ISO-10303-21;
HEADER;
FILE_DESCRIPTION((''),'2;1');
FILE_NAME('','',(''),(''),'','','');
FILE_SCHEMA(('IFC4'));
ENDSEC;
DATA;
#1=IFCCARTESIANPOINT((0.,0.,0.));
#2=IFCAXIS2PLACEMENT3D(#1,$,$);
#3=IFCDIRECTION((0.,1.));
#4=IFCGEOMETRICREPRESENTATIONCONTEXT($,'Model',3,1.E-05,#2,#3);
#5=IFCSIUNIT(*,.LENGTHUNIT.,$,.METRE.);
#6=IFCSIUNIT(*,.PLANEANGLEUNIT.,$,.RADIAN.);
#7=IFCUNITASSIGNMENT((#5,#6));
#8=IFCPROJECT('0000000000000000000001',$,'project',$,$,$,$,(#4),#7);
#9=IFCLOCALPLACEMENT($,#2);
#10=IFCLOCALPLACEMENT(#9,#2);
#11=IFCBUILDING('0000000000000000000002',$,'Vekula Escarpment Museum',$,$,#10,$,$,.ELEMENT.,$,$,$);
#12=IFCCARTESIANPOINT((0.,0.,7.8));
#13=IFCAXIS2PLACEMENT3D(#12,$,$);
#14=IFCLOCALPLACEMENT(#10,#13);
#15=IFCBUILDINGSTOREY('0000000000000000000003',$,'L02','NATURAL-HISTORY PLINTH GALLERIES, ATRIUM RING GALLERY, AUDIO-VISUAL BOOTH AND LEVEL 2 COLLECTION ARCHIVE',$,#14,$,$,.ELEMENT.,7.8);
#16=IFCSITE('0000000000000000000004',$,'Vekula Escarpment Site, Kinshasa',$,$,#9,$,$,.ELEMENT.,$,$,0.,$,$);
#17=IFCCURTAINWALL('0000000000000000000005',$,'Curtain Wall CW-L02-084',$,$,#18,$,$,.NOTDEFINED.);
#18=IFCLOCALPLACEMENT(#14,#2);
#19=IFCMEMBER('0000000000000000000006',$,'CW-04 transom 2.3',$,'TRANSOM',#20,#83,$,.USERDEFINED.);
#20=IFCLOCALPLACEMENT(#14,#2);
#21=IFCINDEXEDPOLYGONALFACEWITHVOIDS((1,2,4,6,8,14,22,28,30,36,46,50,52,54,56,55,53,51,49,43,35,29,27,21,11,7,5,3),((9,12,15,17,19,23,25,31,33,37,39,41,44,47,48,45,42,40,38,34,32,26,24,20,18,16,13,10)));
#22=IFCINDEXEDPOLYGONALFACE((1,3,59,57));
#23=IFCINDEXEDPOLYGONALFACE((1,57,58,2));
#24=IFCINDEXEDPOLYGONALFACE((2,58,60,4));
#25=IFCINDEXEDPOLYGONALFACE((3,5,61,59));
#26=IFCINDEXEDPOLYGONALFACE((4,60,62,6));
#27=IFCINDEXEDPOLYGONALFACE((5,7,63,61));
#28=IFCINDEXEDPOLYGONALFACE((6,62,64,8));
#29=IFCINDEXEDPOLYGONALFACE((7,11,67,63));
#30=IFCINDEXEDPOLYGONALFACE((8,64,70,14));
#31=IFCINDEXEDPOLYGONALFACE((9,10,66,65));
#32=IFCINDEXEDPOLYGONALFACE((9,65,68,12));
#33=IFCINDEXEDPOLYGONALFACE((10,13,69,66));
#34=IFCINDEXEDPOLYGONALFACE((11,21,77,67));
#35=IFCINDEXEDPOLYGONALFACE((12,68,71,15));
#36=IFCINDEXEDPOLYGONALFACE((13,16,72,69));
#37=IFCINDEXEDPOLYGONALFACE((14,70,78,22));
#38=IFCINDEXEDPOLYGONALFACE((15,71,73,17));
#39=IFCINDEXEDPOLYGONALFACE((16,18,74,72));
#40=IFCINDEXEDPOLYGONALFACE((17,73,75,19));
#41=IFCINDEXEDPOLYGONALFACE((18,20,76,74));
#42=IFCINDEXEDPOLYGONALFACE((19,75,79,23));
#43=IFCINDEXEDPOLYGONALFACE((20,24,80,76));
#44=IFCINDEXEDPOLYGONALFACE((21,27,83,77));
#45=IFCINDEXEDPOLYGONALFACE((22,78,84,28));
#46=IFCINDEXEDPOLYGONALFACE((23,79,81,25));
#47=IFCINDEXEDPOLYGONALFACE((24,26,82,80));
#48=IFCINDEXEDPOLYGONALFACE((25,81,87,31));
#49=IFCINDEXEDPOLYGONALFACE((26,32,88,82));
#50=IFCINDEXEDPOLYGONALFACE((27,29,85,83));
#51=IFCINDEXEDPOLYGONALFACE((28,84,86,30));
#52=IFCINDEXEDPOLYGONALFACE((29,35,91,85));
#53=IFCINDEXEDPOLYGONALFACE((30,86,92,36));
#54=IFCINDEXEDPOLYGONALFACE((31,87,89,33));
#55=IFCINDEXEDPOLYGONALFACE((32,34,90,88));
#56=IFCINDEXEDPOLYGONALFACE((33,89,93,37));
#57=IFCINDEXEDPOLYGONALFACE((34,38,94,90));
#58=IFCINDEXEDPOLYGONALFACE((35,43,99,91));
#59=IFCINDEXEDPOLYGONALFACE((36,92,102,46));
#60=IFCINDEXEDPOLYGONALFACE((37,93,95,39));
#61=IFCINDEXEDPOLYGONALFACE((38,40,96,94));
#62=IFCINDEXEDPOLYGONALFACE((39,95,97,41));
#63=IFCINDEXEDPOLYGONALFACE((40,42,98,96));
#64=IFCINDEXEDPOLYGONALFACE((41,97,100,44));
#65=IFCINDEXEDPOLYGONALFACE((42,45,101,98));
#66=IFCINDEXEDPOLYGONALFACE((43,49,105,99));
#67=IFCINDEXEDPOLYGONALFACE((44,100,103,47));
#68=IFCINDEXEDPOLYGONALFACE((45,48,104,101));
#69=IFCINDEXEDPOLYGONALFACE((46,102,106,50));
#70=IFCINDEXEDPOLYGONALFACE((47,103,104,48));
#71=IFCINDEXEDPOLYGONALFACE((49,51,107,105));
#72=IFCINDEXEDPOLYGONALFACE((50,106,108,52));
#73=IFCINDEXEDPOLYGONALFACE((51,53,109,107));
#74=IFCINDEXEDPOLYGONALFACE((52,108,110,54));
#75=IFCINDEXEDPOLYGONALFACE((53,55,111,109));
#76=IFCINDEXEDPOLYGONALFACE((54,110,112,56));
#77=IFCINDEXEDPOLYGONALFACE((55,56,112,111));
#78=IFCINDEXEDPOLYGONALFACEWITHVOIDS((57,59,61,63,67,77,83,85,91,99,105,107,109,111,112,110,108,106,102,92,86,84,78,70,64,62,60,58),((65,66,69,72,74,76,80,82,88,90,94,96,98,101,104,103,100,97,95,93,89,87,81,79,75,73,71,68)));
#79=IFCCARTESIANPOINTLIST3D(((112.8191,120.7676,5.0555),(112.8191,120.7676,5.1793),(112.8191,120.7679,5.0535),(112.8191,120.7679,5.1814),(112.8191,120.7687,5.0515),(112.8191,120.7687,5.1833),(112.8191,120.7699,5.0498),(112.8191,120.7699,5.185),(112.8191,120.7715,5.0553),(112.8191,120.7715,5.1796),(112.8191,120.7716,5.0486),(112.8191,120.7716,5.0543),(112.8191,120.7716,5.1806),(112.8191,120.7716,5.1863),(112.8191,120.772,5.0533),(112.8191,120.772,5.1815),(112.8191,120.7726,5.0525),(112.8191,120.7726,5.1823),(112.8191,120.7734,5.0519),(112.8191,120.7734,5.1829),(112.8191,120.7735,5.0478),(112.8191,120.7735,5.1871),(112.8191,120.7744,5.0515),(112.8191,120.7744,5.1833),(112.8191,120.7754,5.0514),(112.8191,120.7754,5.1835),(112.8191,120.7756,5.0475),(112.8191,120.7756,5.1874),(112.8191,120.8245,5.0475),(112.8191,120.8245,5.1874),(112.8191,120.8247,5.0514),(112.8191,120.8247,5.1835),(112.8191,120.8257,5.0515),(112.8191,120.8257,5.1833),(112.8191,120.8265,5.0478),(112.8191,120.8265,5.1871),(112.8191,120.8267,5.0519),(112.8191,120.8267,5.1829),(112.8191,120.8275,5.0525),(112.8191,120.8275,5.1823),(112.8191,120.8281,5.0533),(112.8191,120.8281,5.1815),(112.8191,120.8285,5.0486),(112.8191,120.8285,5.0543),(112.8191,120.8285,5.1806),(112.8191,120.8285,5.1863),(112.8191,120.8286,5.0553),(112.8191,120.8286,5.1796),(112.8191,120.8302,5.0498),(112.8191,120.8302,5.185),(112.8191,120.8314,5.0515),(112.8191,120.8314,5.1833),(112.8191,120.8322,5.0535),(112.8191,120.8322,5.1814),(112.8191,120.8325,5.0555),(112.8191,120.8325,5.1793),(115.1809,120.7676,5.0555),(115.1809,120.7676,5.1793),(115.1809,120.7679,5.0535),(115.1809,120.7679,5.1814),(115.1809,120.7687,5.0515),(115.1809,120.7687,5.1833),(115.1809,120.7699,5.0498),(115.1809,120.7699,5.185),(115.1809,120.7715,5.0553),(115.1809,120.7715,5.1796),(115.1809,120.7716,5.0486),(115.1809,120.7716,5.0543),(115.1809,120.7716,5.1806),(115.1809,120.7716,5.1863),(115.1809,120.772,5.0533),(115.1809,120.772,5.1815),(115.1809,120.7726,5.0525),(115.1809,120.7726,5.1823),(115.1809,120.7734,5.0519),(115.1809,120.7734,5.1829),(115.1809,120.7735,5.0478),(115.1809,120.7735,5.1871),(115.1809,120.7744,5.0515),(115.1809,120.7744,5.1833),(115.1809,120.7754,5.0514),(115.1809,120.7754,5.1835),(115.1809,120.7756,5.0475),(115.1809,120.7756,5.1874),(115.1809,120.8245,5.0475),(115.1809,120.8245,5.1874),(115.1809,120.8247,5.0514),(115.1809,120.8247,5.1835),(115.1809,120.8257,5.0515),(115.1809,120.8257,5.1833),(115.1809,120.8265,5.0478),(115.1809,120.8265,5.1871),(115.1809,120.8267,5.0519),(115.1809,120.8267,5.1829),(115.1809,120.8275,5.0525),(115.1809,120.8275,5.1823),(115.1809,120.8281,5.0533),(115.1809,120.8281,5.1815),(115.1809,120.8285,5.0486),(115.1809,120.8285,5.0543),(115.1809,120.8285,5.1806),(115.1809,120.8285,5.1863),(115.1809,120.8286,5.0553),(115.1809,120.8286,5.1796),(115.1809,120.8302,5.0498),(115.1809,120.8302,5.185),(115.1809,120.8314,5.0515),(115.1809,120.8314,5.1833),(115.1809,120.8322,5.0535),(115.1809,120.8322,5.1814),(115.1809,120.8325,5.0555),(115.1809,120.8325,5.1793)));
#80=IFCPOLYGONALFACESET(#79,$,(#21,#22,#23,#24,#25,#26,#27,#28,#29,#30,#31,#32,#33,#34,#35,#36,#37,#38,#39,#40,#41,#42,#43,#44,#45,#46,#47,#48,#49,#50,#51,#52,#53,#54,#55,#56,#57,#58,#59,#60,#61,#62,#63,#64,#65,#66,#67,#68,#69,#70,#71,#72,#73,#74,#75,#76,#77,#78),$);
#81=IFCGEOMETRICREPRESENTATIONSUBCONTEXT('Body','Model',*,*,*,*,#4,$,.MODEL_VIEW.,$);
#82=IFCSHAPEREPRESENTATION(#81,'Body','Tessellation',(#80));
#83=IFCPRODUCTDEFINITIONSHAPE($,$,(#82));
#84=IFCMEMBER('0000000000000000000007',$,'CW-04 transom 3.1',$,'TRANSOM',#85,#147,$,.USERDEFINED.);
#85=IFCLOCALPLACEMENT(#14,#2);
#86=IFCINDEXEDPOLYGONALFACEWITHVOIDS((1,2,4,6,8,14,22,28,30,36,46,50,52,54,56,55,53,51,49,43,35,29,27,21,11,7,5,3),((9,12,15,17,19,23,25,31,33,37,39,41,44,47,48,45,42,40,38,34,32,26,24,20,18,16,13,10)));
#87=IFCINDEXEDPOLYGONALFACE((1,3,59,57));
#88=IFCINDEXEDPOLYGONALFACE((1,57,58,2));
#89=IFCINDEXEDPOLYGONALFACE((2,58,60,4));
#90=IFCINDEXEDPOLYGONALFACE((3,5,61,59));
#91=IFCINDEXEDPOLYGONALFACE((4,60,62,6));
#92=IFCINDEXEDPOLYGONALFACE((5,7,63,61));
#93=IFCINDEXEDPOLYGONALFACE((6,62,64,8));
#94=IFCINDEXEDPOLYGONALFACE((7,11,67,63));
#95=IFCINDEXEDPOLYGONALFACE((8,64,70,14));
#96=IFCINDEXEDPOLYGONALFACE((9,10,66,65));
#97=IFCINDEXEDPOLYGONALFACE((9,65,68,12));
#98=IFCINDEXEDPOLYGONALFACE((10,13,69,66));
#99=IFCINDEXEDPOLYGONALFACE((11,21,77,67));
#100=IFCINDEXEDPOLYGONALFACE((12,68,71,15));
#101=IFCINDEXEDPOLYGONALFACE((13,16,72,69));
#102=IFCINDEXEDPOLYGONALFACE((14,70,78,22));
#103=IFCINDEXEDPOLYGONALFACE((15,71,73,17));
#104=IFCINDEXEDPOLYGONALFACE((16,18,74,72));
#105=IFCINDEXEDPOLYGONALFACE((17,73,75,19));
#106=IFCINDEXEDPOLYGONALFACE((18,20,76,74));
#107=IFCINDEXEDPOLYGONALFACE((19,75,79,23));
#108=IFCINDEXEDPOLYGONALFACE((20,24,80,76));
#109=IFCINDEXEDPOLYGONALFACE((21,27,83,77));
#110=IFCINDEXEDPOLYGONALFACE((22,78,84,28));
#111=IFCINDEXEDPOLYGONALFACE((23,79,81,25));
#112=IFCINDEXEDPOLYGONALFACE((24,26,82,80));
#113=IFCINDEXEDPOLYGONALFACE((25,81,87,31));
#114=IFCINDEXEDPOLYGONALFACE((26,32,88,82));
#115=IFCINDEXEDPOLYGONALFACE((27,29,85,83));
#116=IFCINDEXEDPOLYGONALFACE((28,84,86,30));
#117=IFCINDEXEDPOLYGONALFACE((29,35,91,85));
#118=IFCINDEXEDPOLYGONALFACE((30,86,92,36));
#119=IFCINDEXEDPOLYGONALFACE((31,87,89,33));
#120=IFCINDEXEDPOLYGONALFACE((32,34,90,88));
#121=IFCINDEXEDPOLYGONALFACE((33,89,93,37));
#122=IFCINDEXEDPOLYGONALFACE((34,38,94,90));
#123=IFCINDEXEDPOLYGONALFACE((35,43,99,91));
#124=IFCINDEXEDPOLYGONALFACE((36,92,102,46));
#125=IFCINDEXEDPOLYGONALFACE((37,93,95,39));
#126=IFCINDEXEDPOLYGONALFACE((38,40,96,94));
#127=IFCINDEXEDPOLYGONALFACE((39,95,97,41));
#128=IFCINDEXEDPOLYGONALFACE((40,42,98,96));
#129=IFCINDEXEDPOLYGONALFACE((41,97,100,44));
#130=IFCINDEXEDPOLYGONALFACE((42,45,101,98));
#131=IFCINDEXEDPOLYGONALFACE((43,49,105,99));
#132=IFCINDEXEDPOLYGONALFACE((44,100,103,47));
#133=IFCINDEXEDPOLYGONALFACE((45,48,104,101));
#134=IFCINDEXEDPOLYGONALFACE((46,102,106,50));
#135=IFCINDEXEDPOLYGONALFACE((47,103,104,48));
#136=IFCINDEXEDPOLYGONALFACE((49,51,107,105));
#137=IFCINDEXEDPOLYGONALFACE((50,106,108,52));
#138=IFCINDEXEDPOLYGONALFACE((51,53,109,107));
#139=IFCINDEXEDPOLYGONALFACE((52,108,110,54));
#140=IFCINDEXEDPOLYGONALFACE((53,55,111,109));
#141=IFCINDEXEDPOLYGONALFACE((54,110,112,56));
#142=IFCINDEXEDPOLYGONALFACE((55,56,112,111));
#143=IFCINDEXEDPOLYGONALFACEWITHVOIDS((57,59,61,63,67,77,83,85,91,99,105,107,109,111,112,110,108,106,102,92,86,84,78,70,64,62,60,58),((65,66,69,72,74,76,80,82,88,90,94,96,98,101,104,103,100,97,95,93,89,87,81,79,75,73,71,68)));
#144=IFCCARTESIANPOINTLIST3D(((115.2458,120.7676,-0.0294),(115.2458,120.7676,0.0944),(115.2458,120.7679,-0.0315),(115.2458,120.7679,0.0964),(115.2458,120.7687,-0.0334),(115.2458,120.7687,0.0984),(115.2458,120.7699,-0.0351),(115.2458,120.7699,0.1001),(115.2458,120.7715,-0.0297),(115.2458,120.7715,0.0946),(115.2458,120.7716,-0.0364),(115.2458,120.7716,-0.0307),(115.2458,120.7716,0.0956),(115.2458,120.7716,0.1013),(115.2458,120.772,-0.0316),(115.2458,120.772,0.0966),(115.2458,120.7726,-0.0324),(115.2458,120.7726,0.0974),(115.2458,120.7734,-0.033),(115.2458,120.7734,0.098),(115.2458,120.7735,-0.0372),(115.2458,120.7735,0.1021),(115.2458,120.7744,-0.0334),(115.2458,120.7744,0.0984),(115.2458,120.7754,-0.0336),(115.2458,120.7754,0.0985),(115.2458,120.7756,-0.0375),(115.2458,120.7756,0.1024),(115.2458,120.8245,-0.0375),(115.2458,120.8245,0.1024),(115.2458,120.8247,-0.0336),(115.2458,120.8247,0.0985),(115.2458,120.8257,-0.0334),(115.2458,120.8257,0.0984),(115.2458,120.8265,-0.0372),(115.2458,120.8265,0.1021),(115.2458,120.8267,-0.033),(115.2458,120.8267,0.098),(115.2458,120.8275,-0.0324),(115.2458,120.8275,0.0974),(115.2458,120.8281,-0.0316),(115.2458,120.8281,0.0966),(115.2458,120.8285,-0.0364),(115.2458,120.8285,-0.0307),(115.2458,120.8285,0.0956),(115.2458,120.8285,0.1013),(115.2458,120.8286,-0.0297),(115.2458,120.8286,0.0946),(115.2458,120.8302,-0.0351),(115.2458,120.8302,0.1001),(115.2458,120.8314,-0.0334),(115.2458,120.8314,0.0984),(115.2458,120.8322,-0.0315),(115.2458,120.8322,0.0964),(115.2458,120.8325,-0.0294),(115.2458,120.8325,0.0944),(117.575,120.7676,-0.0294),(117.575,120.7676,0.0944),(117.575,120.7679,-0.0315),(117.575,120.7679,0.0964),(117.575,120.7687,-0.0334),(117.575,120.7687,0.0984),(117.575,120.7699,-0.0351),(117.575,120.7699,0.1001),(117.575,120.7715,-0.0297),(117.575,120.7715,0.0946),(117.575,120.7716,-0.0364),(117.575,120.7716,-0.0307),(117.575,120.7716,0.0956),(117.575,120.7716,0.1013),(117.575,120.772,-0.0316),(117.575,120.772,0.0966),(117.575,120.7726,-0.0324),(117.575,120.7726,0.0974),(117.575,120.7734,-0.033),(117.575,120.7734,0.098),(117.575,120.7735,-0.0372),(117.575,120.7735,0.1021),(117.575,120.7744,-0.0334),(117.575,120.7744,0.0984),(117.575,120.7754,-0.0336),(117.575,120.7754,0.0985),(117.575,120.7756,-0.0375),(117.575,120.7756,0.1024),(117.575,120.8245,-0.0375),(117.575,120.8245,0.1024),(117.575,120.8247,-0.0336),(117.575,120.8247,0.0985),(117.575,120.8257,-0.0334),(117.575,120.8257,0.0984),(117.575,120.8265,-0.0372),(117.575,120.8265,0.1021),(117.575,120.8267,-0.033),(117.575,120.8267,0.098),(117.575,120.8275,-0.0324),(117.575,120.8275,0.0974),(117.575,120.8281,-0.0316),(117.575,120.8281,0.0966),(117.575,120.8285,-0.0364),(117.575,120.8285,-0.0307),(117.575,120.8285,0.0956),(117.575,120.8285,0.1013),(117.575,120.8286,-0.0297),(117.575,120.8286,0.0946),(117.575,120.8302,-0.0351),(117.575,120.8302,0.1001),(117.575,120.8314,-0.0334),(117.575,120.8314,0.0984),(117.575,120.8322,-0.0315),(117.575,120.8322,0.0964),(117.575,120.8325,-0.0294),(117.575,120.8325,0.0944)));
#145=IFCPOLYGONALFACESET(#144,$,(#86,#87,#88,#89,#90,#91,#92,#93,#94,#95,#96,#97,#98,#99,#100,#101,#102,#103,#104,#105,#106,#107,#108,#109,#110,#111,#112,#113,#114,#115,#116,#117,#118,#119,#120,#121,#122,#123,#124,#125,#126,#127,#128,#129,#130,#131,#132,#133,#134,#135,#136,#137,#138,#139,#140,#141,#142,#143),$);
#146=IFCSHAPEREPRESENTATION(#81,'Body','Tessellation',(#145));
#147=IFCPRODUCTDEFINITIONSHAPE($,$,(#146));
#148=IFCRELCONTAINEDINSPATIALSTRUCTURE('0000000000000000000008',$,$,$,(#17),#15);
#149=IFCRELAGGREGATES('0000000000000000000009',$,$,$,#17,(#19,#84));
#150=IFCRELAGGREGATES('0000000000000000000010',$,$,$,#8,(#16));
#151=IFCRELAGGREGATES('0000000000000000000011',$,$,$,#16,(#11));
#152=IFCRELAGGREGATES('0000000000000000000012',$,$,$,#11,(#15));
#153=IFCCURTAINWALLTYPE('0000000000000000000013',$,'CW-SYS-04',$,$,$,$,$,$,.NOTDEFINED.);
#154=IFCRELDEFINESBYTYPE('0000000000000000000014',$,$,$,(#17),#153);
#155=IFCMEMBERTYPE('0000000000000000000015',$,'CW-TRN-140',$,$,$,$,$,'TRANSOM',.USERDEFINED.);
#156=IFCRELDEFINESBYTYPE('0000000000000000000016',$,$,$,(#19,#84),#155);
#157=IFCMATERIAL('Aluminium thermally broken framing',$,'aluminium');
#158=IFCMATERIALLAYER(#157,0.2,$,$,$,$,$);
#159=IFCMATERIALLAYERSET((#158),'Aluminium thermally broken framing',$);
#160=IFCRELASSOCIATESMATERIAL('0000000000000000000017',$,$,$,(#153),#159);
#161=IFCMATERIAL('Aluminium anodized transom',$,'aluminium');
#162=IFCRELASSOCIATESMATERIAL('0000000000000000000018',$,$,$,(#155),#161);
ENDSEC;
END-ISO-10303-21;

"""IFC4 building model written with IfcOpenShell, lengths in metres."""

from ifc_helpers import new_model, si_unit, direction, frame, origin, origin_2d, place, context, subcontext, project, spatial, hollow_rectangle, extrude, material, layer, layer_set, material_profile, profile_set, type_object, element, aggregate, save


model = new_model("IFC4")

# Units and contexts
model_context = context("Model", 3, precision=1e-05, world=origin(), true_north=direction((0.0, 1.0)))
body_context = subcontext(model_context, "Body", "Model", "MODEL_VIEW")
ifc_project = project(units=[si_unit("LENGTHUNIT", "METRE"), si_unit("PLANEANGLEUNIT", "RADIAN")], contexts=[model_context])

# Site, building, storey
site_placement = place(None, origin())
site = spatial("IfcSite", under=ifc_project, at=site_placement, Name="Vekula Escarpment Site, Kinshasa", CompositionType="ELEMENT", RefElevation=0.0)
building_placement = place(site_placement, origin())
building = spatial("IfcBuilding", under=site, at=building_placement, Name="Vekula Escarpment Museum", CompositionType="ELEMENT")
storey_placement = place(building_placement, frame((0.0, 0.0, 7.8)))
storey = spatial("IfcBuildingStorey", under=building, at=storey_placement, Name="L02", Description="NATURAL-HISTORY PLINTH GALLERIES, ATRIUM RING GALLERY, AUDIO-VISUAL BOOTH AND LEVEL 2 COLLECTION ARCHIVE", CompositionType="ELEMENT", Elevation=7.8)

# Curtain wall, members
ifc_material_1 = material(Name="Aluminium thermally broken framing", Category="aluminium")
ifc_layer_1 = layer(ifc_material_1, 0.2)
ifc_layer_set_1 = layer_set([ifc_layer_1], Name="Aluminium thermally broken framing")
curtain_wall_type = type_object("IfcCurtainWallType", Name="CW-SYS-04", PredefinedType="NOTDEFINED", material=ifc_layer_set_1)
curtain_wall_placement = place(storey_placement, origin())
curtain_wall = element("IfcCurtainWall", 1, at=curtain_wall_placement, inside=storey, type_object=curtain_wall_type, Name="Curtain Wall CW-L02-084", PredefinedType="NOTDEFINED")
ifc_material_2 = material(Name="Aluminium anodized transom", Category="aluminium")
ifc_material_profile_1 = material_profile(ifc_material_2, hollow_rectangle(XDim=0.0649, YDim=0.1399, WallThickness=0.0039, InnerFilletRadius=0.0039, OuterFilletRadius=0.0081, at=origin_2d()), Name="ALU 140x65x4")
ifc_profile_set_1 = profile_set([ifc_material_profile_1], Name="Aluminium anodized transom")
member_type_1 = type_object("IfcMemberType", Name="CW-TRN-140", ElementType="TRANSOM", PredefinedType="USERDEFINED", material=ifc_profile_set_1)
member_1_placement = place(storey_placement, frame((112.8191, 120.8, 5.1174), z_axis=(1.0, 0.0, 0.0), x_axis=(0.0, 1.0, 0.0)))
member_1 = element("IfcMember", 2, at=member_1_placement, type_object=member_type_1, Name="CW-04 transom 2.3", ObjectType="TRANSOM", PredefinedType="USERDEFINED", context=body_context, shape_type="SweptSolid", body=[
    extrude(hollow_rectangle(XDim=0.0649, YDim=0.1399, WallThickness=0.0039, InnerFilletRadius=0.0039, OuterFilletRadius=0.0081, at=origin_2d()), origin(), (0.0, 0.0, 1.0), 2.3618),
])
member_2_placement = place(storey_placement, frame((115.2458, 120.8, 0.0325), z_axis=(1.0, 0.0, 0.0), x_axis=(0.0, 1.0, 0.0)))
member_2 = element("IfcMember", 3, at=member_2_placement, type_object=member_type_1, Name="CW-04 transom 3.1", ObjectType="TRANSOM", PredefinedType="USERDEFINED", context=body_context, shape_type="SweptSolid", body=[
    extrude(hollow_rectangle(XDim=0.0649, YDim=0.1399, WallThickness=0.0039, InnerFilletRadius=0.0039, OuterFilletRadius=0.0081, at=origin_2d()), origin(), (0.0, 0.0, 1.0), 2.3291),
])

aggregate(curtain_wall, [member_1, member_2])

save(model, "model.ifc")
